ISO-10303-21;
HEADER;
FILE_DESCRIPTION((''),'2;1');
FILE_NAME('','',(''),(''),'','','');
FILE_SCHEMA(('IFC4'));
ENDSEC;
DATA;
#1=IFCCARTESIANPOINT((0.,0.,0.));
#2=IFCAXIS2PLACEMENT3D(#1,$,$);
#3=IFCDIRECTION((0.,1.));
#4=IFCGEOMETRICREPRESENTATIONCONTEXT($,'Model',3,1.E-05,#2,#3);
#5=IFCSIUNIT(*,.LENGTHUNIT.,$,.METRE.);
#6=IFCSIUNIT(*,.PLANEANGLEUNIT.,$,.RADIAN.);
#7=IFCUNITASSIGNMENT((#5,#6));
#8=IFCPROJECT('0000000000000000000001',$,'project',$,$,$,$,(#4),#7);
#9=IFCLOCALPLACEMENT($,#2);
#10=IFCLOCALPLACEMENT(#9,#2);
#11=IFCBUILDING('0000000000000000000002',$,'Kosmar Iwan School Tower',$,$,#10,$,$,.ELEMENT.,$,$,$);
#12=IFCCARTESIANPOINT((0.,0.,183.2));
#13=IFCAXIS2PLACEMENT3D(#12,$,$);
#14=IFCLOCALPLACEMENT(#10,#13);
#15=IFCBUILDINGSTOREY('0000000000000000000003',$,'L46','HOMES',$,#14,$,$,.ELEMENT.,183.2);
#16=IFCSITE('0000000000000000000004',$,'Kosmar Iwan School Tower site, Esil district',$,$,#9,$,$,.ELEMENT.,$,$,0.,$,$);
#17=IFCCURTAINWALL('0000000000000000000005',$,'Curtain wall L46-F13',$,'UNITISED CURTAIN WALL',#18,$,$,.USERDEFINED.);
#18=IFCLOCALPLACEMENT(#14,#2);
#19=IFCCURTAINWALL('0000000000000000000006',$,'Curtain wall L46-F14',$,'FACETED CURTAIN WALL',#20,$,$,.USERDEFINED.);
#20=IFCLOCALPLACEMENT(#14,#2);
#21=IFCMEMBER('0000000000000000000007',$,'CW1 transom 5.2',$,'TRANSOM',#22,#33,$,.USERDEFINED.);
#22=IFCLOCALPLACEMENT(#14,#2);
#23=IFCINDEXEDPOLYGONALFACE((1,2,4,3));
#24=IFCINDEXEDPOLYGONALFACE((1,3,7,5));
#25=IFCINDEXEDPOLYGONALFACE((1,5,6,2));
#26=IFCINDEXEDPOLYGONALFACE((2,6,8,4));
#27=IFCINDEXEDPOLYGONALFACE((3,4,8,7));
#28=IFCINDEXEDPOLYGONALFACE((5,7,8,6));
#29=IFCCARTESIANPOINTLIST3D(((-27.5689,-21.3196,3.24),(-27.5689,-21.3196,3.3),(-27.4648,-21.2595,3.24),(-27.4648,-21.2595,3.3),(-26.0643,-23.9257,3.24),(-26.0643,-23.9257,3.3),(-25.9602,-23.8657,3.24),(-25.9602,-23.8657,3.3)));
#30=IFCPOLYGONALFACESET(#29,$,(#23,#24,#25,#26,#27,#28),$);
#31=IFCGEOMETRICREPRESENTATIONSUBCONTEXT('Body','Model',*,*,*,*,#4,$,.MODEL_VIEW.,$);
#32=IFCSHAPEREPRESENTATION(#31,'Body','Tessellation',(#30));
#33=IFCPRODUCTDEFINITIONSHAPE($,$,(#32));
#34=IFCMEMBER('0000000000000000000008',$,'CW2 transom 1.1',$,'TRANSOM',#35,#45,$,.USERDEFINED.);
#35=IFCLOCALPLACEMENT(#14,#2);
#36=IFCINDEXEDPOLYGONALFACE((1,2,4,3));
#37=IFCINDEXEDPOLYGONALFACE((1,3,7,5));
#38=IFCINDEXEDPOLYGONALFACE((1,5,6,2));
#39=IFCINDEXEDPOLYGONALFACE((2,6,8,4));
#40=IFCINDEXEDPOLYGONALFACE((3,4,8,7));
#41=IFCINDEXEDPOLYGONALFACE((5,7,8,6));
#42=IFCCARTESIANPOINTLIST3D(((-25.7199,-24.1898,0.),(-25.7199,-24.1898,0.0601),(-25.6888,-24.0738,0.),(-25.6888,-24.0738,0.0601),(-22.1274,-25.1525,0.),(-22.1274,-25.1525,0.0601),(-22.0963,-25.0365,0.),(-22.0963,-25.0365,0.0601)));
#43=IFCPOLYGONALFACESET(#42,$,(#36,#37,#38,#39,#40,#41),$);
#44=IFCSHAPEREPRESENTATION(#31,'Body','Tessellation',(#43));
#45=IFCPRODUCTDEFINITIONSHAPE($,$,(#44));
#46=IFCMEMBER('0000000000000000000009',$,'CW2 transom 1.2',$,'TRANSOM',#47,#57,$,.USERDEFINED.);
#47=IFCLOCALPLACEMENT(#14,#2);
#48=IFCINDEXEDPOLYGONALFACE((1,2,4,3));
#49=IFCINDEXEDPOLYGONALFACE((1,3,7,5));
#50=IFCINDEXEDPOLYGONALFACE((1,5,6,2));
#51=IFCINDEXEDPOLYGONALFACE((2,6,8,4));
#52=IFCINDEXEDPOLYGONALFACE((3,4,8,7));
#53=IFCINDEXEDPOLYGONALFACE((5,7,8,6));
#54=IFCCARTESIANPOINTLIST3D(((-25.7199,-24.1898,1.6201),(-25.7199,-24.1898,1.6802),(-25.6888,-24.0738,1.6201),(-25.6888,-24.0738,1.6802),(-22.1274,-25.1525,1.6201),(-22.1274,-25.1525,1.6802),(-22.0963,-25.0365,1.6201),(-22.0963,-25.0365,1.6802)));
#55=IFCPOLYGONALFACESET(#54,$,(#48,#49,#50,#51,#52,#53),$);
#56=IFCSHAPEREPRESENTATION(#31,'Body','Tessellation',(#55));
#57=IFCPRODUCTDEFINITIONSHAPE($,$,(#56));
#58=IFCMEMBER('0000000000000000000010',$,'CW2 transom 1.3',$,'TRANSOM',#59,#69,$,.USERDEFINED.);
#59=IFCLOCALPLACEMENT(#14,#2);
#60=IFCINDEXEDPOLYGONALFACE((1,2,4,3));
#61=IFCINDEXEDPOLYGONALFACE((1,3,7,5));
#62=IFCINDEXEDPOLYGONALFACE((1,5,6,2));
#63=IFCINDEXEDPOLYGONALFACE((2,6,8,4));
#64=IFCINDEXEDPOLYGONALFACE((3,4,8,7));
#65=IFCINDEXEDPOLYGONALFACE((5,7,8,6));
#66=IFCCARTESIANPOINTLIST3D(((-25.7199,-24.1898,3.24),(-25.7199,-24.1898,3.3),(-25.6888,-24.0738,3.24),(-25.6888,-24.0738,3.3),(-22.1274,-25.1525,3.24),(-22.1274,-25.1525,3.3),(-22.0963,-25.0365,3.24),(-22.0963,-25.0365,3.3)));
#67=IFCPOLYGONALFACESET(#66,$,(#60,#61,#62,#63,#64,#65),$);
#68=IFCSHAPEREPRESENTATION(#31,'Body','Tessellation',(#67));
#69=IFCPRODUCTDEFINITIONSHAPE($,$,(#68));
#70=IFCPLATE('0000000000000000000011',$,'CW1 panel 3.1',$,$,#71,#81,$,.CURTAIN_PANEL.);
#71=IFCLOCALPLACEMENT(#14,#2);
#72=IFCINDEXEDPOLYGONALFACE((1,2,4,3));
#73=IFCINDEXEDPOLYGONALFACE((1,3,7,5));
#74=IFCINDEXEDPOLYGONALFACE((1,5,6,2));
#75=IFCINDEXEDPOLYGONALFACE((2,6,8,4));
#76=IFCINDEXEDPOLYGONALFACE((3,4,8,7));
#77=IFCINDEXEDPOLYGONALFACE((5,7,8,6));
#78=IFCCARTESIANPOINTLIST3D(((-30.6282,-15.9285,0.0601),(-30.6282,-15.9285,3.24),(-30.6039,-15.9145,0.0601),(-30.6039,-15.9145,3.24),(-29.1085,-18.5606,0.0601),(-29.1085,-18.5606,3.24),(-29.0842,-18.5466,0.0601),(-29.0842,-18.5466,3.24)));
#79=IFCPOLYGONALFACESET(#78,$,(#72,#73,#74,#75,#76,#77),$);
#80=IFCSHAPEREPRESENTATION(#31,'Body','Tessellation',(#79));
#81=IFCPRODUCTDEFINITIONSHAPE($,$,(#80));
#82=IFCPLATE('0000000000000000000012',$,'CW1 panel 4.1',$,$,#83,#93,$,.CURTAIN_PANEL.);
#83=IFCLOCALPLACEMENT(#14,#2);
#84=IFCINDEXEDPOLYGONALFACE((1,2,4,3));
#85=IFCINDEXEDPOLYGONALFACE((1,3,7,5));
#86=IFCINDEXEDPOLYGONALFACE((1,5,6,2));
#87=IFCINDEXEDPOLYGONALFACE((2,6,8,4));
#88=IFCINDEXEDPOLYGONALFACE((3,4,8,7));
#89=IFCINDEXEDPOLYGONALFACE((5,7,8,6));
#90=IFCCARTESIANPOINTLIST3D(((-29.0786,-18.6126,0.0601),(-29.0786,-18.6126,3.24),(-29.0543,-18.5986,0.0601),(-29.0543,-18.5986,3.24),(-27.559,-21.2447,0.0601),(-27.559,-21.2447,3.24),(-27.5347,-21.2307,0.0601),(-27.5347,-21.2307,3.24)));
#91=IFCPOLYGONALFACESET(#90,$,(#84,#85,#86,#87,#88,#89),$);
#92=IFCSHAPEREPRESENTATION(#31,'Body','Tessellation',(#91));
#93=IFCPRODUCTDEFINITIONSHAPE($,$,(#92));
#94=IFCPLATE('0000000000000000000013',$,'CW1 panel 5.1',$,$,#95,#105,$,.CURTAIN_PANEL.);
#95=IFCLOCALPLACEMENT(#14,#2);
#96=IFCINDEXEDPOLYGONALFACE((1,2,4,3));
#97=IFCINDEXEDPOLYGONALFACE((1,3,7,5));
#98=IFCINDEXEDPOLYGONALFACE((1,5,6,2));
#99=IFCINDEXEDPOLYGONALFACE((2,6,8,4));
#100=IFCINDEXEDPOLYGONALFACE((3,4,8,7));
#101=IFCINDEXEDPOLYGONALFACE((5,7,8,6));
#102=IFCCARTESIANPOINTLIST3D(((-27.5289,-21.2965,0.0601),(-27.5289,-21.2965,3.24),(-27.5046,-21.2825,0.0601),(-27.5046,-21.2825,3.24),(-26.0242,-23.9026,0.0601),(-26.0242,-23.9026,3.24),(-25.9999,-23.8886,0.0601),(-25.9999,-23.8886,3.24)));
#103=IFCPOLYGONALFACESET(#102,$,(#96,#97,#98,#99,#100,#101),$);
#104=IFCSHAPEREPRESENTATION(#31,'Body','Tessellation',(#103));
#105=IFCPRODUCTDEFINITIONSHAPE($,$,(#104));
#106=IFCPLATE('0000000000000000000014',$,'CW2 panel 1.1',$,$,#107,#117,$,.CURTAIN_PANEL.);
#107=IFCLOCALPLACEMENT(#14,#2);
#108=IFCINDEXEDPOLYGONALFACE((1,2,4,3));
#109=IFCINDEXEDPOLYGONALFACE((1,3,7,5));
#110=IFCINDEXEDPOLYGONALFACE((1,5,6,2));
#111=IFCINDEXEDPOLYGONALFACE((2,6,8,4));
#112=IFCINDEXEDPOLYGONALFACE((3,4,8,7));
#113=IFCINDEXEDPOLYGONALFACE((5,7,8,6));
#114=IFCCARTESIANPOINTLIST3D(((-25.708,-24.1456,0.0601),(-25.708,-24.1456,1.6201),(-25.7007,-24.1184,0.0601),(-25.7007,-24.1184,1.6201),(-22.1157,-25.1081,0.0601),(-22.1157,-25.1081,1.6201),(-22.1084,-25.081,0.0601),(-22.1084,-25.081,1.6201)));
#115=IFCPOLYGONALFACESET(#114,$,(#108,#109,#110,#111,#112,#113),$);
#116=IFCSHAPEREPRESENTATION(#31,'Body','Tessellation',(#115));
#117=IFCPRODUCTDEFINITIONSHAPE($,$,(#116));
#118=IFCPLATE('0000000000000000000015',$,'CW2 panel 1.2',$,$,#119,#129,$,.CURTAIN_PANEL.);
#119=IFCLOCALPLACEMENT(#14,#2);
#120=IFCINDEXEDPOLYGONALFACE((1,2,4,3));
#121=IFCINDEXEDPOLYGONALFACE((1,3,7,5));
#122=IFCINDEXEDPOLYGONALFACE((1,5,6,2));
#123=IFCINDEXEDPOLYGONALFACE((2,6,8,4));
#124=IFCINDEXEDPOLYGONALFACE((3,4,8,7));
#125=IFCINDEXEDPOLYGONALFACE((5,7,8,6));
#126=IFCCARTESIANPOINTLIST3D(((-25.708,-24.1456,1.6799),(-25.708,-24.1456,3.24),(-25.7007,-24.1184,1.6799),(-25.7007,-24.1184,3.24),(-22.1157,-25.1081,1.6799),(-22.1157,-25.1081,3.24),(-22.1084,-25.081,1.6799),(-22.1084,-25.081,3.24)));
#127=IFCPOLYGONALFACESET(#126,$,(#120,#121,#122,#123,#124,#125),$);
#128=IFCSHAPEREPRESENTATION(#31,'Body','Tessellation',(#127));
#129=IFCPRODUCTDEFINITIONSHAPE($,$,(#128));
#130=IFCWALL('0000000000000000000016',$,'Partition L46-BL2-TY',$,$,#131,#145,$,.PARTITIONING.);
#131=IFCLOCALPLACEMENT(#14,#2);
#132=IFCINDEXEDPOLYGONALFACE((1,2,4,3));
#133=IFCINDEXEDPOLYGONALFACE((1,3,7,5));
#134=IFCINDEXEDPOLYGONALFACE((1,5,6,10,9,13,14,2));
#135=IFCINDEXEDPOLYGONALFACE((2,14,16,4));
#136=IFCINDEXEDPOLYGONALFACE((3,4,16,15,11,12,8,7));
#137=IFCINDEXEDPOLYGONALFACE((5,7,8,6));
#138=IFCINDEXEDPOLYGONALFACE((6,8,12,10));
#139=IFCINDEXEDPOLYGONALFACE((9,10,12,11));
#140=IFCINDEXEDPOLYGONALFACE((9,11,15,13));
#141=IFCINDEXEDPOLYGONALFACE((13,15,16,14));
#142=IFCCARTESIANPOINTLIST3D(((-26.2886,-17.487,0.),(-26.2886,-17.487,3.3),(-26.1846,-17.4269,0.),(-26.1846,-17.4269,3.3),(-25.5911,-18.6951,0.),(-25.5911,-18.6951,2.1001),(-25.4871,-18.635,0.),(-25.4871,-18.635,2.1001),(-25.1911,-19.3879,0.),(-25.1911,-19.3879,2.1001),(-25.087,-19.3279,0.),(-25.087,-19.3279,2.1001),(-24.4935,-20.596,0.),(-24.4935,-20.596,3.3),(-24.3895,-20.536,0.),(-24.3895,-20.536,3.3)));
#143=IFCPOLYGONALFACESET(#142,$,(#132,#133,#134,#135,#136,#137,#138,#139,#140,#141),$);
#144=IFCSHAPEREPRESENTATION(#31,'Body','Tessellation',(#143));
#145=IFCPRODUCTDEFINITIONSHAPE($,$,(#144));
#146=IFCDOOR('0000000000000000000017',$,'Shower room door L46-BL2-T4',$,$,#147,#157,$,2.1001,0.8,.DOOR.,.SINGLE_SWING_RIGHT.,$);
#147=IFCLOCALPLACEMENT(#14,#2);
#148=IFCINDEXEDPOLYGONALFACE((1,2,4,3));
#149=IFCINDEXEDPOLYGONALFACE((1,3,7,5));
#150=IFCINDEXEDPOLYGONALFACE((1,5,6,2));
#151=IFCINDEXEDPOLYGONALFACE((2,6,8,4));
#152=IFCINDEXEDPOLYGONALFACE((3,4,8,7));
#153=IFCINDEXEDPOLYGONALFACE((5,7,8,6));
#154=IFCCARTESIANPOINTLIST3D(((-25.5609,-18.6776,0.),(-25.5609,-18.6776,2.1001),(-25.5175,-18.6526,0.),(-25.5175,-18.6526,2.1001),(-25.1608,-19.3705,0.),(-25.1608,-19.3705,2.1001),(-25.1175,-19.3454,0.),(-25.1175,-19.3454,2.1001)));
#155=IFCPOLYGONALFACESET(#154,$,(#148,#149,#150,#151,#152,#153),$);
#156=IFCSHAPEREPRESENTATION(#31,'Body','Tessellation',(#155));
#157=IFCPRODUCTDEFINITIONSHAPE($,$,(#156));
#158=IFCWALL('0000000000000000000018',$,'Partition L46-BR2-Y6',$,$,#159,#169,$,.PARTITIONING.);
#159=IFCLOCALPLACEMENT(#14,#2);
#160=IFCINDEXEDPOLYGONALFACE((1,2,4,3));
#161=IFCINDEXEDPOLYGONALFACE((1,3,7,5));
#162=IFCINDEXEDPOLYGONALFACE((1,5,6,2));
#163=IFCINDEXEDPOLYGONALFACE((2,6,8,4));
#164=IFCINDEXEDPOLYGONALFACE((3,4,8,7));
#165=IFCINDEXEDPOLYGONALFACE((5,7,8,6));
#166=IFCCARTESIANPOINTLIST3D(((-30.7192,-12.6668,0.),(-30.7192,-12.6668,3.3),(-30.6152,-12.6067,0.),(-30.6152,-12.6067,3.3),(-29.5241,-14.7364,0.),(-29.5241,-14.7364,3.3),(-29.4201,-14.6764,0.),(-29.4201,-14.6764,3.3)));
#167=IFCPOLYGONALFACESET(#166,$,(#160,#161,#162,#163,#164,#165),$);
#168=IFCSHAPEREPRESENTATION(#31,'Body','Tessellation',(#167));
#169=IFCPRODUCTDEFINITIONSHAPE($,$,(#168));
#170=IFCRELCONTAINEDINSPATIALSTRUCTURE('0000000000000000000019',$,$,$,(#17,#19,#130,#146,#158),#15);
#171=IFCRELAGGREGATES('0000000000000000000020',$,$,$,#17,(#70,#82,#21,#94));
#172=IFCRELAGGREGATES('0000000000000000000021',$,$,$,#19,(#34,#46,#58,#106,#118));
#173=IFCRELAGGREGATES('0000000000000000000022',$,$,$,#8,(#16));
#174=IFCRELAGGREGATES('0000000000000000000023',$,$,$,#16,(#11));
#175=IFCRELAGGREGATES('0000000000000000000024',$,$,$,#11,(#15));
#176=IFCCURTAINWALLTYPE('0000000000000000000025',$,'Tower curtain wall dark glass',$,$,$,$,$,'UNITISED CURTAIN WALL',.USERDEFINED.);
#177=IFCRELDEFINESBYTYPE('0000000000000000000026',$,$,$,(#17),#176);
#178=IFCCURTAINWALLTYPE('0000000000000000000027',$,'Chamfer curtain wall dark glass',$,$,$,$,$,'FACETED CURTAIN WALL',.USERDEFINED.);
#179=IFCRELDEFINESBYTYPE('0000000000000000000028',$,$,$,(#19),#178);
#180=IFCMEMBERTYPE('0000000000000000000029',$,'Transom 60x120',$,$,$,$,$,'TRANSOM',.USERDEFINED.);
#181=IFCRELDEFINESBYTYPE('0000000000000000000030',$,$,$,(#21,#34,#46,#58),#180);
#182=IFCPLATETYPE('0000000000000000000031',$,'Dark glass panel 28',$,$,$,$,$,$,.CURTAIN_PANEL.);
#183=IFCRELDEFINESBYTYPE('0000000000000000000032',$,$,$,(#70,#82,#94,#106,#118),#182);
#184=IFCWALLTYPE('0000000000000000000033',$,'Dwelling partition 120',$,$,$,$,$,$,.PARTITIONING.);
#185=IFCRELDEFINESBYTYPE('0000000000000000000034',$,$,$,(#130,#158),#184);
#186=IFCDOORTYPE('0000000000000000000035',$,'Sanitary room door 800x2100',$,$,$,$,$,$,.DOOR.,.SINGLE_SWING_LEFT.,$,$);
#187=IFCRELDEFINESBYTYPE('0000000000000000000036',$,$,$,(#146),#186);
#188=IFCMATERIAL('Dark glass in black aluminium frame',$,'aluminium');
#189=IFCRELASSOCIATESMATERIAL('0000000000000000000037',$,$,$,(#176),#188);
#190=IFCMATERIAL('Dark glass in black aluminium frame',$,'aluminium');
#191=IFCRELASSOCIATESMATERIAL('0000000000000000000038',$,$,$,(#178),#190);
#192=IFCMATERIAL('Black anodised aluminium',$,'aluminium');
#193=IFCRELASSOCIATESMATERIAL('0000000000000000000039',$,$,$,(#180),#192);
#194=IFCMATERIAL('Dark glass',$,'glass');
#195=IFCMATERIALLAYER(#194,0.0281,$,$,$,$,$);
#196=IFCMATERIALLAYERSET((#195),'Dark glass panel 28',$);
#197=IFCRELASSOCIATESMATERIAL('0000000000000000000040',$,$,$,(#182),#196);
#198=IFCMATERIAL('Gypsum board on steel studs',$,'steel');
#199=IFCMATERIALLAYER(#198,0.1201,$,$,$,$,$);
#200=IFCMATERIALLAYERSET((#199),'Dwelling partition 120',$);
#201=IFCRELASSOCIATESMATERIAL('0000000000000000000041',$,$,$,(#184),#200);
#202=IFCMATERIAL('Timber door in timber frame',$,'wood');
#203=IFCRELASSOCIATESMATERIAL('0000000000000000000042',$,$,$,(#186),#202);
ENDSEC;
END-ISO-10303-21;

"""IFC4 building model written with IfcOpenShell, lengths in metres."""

from ifc_helpers import new_model, si_unit, direction, frame, frame_2d, origin, origin_2d, place, context, subcontext, project, spatial, rectangle, extrude, material, layer, layer_set, material_profile, profile_set, type_object, element, fill, aggregate, save


model = new_model("IFC4")

# Units and contexts
model_context = context("Model", 3, precision=1e-05, world=origin(), true_north=direction((0.0, 1.0)))
body_context = subcontext(model_context, "Body", "Model", "MODEL_VIEW")
ifc_project = project(units=[si_unit("LENGTHUNIT", "METRE"), si_unit("PLANEANGLEUNIT", "RADIAN")], contexts=[model_context])

# Site, building, storey
site_placement = place(None, origin())
site = spatial("IfcSite", under=ifc_project, at=site_placement, Name="Kosmar Iwan School Tower site, Esil district", CompositionType="ELEMENT", RefElevation=0.0)
building_placement = place(site_placement, origin())
building = spatial("IfcBuilding", under=site, at=building_placement, Name="Kosmar Iwan School Tower", CompositionType="ELEMENT")
storey_placement = place(building_placement, frame((0.0, 0.0, 183.2)))
storey = spatial("IfcBuildingStorey", under=building, at=storey_placement, Name="L46", Description="HOMES", CompositionType="ELEMENT", Elevation=183.2)

# Curtain wall
ifc_material_1 = material(Name="Dark glass in black aluminium frame", Category="aluminium")
curtain_wall_type_1 = type_object("IfcCurtainWallType", Name="Tower curtain wall dark glass", ElementType="UNITISED CURTAIN WALL", PredefinedType="USERDEFINED", material=ifc_material_1)
curtain_wall_1_placement = place(storey_placement, origin())
curtain_wall_1 = element("IfcCurtainWall", 1, at=curtain_wall_1_placement, inside=storey, type_object=curtain_wall_type_1, Name="Curtain wall L46-F13", ObjectType="UNITISED CURTAIN WALL", PredefinedType="USERDEFINED")

# Curtain wall
ifc_material_2 = material(Name="Dark glass in black aluminium frame", Category="aluminium")
curtain_wall_type_2 = type_object("IfcCurtainWallType", Name="Chamfer curtain wall dark glass", ElementType="FACETED CURTAIN WALL", PredefinedType="USERDEFINED", material=ifc_material_2)
curtain_wall_2_placement = place(storey_placement, origin())
curtain_wall_2 = element("IfcCurtainWall", 2, at=curtain_wall_2_placement, inside=storey, type_object=curtain_wall_type_2, Name="Curtain wall L46-F14", ObjectType="FACETED CURTAIN WALL", PredefinedType="USERDEFINED")

# Members
ifc_material_3 = material(Name="Black anodised aluminium", Category="aluminium")
ifc_material_profile_1 = material_profile(ifc_material_3, rectangle(XDim=0.1201, YDim=0.0601, at=origin_2d()), Name="TRANSOM 60x120")
ifc_profile_set_1 = profile_set([ifc_material_profile_1], Name="Black anodised aluminium")
member_type_1 = type_object("IfcMemberType", Name="Transom 60x120", ElementType="TRANSOM", PredefinedType="USERDEFINED", material=ifc_profile_set_1)
member_1_placement = place(storey_placement, frame((-27.5168, -21.2896, 3.27), z_axis=(0.499987, -0.866033, 0.0), x_axis=(0.866033, 0.499987, 0.0)))
member_1 = element("IfcMember", 3, at=member_1_placement, type_object=member_type_1, Name="CW1 transom 5.2", ObjectType="TRANSOM", PredefinedType="USERDEFINED", context=body_context, shape_type="SweptSolid", body=[
    extrude(rectangle(XDim=0.1201, YDim=0.0601, at=origin_2d()), origin(), (0.0, 0.0, 1.0), 3.0093),
])
member_2_placement = place(storey_placement, frame((-25.7043, -24.1318, 0.03), z_axis=(0.965924, -0.258827, 0.0), x_axis=(0.258827, 0.965924, 0.0)))
member_2 = element("IfcMember", 4, at=member_2_placement, type_object=member_type_1, Name="CW2 transom 1.1", ObjectType="TRANSOM", PredefinedType="USERDEFINED", context=body_context, shape_type="SweptSolid", body=[
    extrude(rectangle(XDim=0.1201, YDim=0.0601, at=origin_2d()), origin(), (0.0, 0.0, 1.0), 3.7192),
])
member_3_placement = place(storey_placement, frame((-25.7043, -24.1318, 1.6501), z_axis=(0.965924, -0.258827, 0.0), x_axis=(0.258827, 0.965924, 0.0)))
member_3 = element("IfcMember", 5, at=member_3_placement, type_object=member_type_1, Name="CW2 transom 1.2", ObjectType="TRANSOM", PredefinedType="USERDEFINED", context=body_context, shape_type="SweptSolid", body=[
    extrude(rectangle(XDim=0.1201, YDim=0.0601, at=origin_2d()), origin(), (0.0, 0.0, 1.0), 3.7192),
])
member_4_placement = place(storey_placement, frame((-25.7043, -24.1318, 3.27), z_axis=(0.965924, -0.258827, 0.0), x_axis=(0.258827, 0.965924, 0.0)))
member_4 = element("IfcMember", 6, at=member_4_placement, type_object=member_type_1, Name="CW2 transom 1.3", ObjectType="TRANSOM", PredefinedType="USERDEFINED", context=body_context, shape_type="SweptSolid", body=[
    extrude(rectangle(XDim=0.1201, YDim=0.0601, at=origin_2d()), origin(), (0.0, 0.0, 1.0), 3.7192),
])

# Plates
ifc_material_4 = material(Name="Dark glass", Category="glass")
ifc_layer_1 = layer(ifc_material_4, 0.0281)
ifc_layer_set_1 = layer_set([ifc_layer_1], Name="Dark glass panel 28")
plate_type = type_object("IfcPlateType", Name="Dark glass panel 28", PredefinedType="CURTAIN_PANEL", material=ifc_layer_set_1)
plate_1_placement = place(storey_placement, frame((-29.8562, -17.2375, 0.0601), z_axis=(0.0, 0.0, 1.0), x_axis=(0.5, -0.866025, 0.0)))
plate_1 = element("IfcPlate", 7, at=plate_1_placement, type_object=plate_type, Name="CW1 panel 3.1", PredefinedType="CURTAIN_PANEL", context=body_context, shape_type="SweptSolid", body=[
    extrude(rectangle(XDim=3.0393, YDim=0.0281, at=origin_2d()), origin(), (0.0, 0.0, 1.0), 3.1799),
])
plate_2_placement = place(storey_placement, frame((-28.3066, -19.9216, 0.0601), z_axis=(0.0, 0.0, 1.0), x_axis=(0.5, -0.866025, 0.0)))
plate_2 = element("IfcPlate", 8, at=plate_2_placement, type_object=plate_type, Name="CW1 panel 4.1", PredefinedType="CURTAIN_PANEL", context=body_context, shape_type="SweptSolid", body=[
    extrude(rectangle(XDim=3.0393, YDim=0.0281, at=origin_2d()), origin(), (0.0, 0.0, 1.0), 3.1799),
])
plate_3_placement = place(storey_placement, frame((-26.7644, -22.5925, 0.0601), z_axis=(0.0, 0.0, 1.0), x_axis=(0.5, -0.866025, 0.0)))
plate_3 = element("IfcPlate", 9, at=plate_3_placement, type_object=plate_type, Name="CW1 panel 5.1", PredefinedType="CURTAIN_PANEL", context=body_context, shape_type="SweptSolid", body=[
    extrude(rectangle(XDim=3.0093, YDim=0.0281, at=origin_2d()), origin(), (0.0, 0.0, 1.0), 3.1799),
])
aggregate(curtain_wall_1, [plate_1, plate_2, member_1, plate_3])
plate_4_placement = place(storey_placement, frame((-23.9082, -24.6133, 0.0601), z_axis=(0.0, 0.0, 1.0), x_axis=(0.965926, -0.258819, 0.0)))
plate_4 = element("IfcPlate", 10, at=plate_4_placement, type_object=plate_type, Name="CW2 panel 1.1", PredefinedType="CURTAIN_PANEL", context=body_context, shape_type="SweptSolid", body=[
    extrude(rectangle(XDim=3.719, YDim=0.0281, at=origin_2d()), origin(), (0.0, 0.0, 1.0), 1.5601),
])
plate_5_placement = place(storey_placement, frame((-23.9082, -24.6133, 1.6799), z_axis=(0.0, 0.0, 1.0), x_axis=(0.965926, -0.258819, 0.0)))
plate_5 = element("IfcPlate", 11, at=plate_5_placement, type_object=plate_type, Name="CW2 panel 1.2", PredefinedType="CURTAIN_PANEL", context=body_context, shape_type="SweptSolid", body=[
    extrude(rectangle(XDim=3.719, YDim=0.0281, at=origin_2d()), origin(), (0.0, 0.0, 1.0), 1.5601),
])
aggregate(curtain_wall_2, [member_2, member_3, member_4, plate_4, plate_5])

# Wall, opening, door
ifc_material_5 = material(Name="Gypsum board on steel studs", Category="steel")
ifc_layer_2 = layer(ifc_material_5, 0.1201)
ifc_layer_set_2 = layer_set([ifc_layer_2], Name="Dwelling partition 120")
wall_type = type_object("IfcWallType", Name="Dwelling partition 120", PredefinedType="PARTITIONING", material=ifc_layer_set_2)
wall_1_placement = place(storey_placement, frame((-26.2366, -17.457, 0.0), z_axis=(0.0, 0.0, 1.0), x_axis=(0.500023, -0.866012, 0.0)))
wall_1 = element("IfcWall", 12, at=wall_1_placement, inside=storey, type_object=wall_type, Name="Partition L46-BL2-TY", PredefinedType="PARTITIONING", context=body_context, shape_type="SweptSolid", body=[
    extrude(rectangle(XDim=3.5901, YDim=0.1201, at=frame_2d((1.7949, 0.0))), origin(), (0.0, 0.0, 1.0), 3.3),
])
opening_placement = place(wall_1_placement, frame((1.395, 0.0, 0.0)))
opening = element("IfcOpeningElement", 13, at=opening_placement, cuts=wall_1, PredefinedType="OPENING", context=body_context, shape_type="SweptSolid", body=[
    extrude(rectangle(XDim=0.8, YDim=2.1001, at=frame_2d((0.3999, 1.05))), frame((0.0, 0.072, 0.0), z_axis=(0.0, -1.0, 0.0), x_axis=(1.0, 0.0, 0.0)), (0.0, 0.0, 1.0), 0.144),
])
ifc_material_6 = material(Name="Timber door in timber frame", Category="wood")
door_type = type_object("IfcDoorType", Name="Sanitary room door 800x2100", OperationType="SINGLE_SWING_LEFT", PredefinedType="DOOR", material=ifc_material_6)
door_placement = place(opening_placement, origin())
door = element("IfcDoor", 14, at=door_placement, inside=storey, type_object=door_type, Name="Shower room door L46-BL2-T4", OperationType="SINGLE_SWING_RIGHT", OverallHeight=2.1001, OverallWidth=0.8, PredefinedType="DOOR", context=body_context, shape_type="SweptSolid", body=[
    extrude(rectangle(XDim=0.8, YDim=2.1001, at=frame_2d((0.3999, 1.05))), frame((0.0, 0.0249, 0.0), z_axis=(0.0, -1.0, 0.0), x_axis=(1.0, 0.0, 0.0)), (0.0, 0.0, 1.0), 0.05),
])
fill(opening, door)

# Wall
wall_2_placement = place(storey_placement, frame((-29.4722, -14.7063, 0.0), z_axis=(0.0, 0.0, 1.0), x_axis=(-0.500061, 0.86599, 0.0)))
element("IfcWall", 15, at=wall_2_placement, inside=storey, type_object=wall_type, Name="Partition L46-BR2-Y6", PredefinedType="PARTITIONING", context=body_context, shape_type="SweptSolid", body=[
    extrude(rectangle(XDim=2.3899, YDim=0.1201, at=frame_2d((1.1948, 0.0))), origin(), (0.0, 0.0, 1.0), 3.3),
])

save(model, "model.ifc")
